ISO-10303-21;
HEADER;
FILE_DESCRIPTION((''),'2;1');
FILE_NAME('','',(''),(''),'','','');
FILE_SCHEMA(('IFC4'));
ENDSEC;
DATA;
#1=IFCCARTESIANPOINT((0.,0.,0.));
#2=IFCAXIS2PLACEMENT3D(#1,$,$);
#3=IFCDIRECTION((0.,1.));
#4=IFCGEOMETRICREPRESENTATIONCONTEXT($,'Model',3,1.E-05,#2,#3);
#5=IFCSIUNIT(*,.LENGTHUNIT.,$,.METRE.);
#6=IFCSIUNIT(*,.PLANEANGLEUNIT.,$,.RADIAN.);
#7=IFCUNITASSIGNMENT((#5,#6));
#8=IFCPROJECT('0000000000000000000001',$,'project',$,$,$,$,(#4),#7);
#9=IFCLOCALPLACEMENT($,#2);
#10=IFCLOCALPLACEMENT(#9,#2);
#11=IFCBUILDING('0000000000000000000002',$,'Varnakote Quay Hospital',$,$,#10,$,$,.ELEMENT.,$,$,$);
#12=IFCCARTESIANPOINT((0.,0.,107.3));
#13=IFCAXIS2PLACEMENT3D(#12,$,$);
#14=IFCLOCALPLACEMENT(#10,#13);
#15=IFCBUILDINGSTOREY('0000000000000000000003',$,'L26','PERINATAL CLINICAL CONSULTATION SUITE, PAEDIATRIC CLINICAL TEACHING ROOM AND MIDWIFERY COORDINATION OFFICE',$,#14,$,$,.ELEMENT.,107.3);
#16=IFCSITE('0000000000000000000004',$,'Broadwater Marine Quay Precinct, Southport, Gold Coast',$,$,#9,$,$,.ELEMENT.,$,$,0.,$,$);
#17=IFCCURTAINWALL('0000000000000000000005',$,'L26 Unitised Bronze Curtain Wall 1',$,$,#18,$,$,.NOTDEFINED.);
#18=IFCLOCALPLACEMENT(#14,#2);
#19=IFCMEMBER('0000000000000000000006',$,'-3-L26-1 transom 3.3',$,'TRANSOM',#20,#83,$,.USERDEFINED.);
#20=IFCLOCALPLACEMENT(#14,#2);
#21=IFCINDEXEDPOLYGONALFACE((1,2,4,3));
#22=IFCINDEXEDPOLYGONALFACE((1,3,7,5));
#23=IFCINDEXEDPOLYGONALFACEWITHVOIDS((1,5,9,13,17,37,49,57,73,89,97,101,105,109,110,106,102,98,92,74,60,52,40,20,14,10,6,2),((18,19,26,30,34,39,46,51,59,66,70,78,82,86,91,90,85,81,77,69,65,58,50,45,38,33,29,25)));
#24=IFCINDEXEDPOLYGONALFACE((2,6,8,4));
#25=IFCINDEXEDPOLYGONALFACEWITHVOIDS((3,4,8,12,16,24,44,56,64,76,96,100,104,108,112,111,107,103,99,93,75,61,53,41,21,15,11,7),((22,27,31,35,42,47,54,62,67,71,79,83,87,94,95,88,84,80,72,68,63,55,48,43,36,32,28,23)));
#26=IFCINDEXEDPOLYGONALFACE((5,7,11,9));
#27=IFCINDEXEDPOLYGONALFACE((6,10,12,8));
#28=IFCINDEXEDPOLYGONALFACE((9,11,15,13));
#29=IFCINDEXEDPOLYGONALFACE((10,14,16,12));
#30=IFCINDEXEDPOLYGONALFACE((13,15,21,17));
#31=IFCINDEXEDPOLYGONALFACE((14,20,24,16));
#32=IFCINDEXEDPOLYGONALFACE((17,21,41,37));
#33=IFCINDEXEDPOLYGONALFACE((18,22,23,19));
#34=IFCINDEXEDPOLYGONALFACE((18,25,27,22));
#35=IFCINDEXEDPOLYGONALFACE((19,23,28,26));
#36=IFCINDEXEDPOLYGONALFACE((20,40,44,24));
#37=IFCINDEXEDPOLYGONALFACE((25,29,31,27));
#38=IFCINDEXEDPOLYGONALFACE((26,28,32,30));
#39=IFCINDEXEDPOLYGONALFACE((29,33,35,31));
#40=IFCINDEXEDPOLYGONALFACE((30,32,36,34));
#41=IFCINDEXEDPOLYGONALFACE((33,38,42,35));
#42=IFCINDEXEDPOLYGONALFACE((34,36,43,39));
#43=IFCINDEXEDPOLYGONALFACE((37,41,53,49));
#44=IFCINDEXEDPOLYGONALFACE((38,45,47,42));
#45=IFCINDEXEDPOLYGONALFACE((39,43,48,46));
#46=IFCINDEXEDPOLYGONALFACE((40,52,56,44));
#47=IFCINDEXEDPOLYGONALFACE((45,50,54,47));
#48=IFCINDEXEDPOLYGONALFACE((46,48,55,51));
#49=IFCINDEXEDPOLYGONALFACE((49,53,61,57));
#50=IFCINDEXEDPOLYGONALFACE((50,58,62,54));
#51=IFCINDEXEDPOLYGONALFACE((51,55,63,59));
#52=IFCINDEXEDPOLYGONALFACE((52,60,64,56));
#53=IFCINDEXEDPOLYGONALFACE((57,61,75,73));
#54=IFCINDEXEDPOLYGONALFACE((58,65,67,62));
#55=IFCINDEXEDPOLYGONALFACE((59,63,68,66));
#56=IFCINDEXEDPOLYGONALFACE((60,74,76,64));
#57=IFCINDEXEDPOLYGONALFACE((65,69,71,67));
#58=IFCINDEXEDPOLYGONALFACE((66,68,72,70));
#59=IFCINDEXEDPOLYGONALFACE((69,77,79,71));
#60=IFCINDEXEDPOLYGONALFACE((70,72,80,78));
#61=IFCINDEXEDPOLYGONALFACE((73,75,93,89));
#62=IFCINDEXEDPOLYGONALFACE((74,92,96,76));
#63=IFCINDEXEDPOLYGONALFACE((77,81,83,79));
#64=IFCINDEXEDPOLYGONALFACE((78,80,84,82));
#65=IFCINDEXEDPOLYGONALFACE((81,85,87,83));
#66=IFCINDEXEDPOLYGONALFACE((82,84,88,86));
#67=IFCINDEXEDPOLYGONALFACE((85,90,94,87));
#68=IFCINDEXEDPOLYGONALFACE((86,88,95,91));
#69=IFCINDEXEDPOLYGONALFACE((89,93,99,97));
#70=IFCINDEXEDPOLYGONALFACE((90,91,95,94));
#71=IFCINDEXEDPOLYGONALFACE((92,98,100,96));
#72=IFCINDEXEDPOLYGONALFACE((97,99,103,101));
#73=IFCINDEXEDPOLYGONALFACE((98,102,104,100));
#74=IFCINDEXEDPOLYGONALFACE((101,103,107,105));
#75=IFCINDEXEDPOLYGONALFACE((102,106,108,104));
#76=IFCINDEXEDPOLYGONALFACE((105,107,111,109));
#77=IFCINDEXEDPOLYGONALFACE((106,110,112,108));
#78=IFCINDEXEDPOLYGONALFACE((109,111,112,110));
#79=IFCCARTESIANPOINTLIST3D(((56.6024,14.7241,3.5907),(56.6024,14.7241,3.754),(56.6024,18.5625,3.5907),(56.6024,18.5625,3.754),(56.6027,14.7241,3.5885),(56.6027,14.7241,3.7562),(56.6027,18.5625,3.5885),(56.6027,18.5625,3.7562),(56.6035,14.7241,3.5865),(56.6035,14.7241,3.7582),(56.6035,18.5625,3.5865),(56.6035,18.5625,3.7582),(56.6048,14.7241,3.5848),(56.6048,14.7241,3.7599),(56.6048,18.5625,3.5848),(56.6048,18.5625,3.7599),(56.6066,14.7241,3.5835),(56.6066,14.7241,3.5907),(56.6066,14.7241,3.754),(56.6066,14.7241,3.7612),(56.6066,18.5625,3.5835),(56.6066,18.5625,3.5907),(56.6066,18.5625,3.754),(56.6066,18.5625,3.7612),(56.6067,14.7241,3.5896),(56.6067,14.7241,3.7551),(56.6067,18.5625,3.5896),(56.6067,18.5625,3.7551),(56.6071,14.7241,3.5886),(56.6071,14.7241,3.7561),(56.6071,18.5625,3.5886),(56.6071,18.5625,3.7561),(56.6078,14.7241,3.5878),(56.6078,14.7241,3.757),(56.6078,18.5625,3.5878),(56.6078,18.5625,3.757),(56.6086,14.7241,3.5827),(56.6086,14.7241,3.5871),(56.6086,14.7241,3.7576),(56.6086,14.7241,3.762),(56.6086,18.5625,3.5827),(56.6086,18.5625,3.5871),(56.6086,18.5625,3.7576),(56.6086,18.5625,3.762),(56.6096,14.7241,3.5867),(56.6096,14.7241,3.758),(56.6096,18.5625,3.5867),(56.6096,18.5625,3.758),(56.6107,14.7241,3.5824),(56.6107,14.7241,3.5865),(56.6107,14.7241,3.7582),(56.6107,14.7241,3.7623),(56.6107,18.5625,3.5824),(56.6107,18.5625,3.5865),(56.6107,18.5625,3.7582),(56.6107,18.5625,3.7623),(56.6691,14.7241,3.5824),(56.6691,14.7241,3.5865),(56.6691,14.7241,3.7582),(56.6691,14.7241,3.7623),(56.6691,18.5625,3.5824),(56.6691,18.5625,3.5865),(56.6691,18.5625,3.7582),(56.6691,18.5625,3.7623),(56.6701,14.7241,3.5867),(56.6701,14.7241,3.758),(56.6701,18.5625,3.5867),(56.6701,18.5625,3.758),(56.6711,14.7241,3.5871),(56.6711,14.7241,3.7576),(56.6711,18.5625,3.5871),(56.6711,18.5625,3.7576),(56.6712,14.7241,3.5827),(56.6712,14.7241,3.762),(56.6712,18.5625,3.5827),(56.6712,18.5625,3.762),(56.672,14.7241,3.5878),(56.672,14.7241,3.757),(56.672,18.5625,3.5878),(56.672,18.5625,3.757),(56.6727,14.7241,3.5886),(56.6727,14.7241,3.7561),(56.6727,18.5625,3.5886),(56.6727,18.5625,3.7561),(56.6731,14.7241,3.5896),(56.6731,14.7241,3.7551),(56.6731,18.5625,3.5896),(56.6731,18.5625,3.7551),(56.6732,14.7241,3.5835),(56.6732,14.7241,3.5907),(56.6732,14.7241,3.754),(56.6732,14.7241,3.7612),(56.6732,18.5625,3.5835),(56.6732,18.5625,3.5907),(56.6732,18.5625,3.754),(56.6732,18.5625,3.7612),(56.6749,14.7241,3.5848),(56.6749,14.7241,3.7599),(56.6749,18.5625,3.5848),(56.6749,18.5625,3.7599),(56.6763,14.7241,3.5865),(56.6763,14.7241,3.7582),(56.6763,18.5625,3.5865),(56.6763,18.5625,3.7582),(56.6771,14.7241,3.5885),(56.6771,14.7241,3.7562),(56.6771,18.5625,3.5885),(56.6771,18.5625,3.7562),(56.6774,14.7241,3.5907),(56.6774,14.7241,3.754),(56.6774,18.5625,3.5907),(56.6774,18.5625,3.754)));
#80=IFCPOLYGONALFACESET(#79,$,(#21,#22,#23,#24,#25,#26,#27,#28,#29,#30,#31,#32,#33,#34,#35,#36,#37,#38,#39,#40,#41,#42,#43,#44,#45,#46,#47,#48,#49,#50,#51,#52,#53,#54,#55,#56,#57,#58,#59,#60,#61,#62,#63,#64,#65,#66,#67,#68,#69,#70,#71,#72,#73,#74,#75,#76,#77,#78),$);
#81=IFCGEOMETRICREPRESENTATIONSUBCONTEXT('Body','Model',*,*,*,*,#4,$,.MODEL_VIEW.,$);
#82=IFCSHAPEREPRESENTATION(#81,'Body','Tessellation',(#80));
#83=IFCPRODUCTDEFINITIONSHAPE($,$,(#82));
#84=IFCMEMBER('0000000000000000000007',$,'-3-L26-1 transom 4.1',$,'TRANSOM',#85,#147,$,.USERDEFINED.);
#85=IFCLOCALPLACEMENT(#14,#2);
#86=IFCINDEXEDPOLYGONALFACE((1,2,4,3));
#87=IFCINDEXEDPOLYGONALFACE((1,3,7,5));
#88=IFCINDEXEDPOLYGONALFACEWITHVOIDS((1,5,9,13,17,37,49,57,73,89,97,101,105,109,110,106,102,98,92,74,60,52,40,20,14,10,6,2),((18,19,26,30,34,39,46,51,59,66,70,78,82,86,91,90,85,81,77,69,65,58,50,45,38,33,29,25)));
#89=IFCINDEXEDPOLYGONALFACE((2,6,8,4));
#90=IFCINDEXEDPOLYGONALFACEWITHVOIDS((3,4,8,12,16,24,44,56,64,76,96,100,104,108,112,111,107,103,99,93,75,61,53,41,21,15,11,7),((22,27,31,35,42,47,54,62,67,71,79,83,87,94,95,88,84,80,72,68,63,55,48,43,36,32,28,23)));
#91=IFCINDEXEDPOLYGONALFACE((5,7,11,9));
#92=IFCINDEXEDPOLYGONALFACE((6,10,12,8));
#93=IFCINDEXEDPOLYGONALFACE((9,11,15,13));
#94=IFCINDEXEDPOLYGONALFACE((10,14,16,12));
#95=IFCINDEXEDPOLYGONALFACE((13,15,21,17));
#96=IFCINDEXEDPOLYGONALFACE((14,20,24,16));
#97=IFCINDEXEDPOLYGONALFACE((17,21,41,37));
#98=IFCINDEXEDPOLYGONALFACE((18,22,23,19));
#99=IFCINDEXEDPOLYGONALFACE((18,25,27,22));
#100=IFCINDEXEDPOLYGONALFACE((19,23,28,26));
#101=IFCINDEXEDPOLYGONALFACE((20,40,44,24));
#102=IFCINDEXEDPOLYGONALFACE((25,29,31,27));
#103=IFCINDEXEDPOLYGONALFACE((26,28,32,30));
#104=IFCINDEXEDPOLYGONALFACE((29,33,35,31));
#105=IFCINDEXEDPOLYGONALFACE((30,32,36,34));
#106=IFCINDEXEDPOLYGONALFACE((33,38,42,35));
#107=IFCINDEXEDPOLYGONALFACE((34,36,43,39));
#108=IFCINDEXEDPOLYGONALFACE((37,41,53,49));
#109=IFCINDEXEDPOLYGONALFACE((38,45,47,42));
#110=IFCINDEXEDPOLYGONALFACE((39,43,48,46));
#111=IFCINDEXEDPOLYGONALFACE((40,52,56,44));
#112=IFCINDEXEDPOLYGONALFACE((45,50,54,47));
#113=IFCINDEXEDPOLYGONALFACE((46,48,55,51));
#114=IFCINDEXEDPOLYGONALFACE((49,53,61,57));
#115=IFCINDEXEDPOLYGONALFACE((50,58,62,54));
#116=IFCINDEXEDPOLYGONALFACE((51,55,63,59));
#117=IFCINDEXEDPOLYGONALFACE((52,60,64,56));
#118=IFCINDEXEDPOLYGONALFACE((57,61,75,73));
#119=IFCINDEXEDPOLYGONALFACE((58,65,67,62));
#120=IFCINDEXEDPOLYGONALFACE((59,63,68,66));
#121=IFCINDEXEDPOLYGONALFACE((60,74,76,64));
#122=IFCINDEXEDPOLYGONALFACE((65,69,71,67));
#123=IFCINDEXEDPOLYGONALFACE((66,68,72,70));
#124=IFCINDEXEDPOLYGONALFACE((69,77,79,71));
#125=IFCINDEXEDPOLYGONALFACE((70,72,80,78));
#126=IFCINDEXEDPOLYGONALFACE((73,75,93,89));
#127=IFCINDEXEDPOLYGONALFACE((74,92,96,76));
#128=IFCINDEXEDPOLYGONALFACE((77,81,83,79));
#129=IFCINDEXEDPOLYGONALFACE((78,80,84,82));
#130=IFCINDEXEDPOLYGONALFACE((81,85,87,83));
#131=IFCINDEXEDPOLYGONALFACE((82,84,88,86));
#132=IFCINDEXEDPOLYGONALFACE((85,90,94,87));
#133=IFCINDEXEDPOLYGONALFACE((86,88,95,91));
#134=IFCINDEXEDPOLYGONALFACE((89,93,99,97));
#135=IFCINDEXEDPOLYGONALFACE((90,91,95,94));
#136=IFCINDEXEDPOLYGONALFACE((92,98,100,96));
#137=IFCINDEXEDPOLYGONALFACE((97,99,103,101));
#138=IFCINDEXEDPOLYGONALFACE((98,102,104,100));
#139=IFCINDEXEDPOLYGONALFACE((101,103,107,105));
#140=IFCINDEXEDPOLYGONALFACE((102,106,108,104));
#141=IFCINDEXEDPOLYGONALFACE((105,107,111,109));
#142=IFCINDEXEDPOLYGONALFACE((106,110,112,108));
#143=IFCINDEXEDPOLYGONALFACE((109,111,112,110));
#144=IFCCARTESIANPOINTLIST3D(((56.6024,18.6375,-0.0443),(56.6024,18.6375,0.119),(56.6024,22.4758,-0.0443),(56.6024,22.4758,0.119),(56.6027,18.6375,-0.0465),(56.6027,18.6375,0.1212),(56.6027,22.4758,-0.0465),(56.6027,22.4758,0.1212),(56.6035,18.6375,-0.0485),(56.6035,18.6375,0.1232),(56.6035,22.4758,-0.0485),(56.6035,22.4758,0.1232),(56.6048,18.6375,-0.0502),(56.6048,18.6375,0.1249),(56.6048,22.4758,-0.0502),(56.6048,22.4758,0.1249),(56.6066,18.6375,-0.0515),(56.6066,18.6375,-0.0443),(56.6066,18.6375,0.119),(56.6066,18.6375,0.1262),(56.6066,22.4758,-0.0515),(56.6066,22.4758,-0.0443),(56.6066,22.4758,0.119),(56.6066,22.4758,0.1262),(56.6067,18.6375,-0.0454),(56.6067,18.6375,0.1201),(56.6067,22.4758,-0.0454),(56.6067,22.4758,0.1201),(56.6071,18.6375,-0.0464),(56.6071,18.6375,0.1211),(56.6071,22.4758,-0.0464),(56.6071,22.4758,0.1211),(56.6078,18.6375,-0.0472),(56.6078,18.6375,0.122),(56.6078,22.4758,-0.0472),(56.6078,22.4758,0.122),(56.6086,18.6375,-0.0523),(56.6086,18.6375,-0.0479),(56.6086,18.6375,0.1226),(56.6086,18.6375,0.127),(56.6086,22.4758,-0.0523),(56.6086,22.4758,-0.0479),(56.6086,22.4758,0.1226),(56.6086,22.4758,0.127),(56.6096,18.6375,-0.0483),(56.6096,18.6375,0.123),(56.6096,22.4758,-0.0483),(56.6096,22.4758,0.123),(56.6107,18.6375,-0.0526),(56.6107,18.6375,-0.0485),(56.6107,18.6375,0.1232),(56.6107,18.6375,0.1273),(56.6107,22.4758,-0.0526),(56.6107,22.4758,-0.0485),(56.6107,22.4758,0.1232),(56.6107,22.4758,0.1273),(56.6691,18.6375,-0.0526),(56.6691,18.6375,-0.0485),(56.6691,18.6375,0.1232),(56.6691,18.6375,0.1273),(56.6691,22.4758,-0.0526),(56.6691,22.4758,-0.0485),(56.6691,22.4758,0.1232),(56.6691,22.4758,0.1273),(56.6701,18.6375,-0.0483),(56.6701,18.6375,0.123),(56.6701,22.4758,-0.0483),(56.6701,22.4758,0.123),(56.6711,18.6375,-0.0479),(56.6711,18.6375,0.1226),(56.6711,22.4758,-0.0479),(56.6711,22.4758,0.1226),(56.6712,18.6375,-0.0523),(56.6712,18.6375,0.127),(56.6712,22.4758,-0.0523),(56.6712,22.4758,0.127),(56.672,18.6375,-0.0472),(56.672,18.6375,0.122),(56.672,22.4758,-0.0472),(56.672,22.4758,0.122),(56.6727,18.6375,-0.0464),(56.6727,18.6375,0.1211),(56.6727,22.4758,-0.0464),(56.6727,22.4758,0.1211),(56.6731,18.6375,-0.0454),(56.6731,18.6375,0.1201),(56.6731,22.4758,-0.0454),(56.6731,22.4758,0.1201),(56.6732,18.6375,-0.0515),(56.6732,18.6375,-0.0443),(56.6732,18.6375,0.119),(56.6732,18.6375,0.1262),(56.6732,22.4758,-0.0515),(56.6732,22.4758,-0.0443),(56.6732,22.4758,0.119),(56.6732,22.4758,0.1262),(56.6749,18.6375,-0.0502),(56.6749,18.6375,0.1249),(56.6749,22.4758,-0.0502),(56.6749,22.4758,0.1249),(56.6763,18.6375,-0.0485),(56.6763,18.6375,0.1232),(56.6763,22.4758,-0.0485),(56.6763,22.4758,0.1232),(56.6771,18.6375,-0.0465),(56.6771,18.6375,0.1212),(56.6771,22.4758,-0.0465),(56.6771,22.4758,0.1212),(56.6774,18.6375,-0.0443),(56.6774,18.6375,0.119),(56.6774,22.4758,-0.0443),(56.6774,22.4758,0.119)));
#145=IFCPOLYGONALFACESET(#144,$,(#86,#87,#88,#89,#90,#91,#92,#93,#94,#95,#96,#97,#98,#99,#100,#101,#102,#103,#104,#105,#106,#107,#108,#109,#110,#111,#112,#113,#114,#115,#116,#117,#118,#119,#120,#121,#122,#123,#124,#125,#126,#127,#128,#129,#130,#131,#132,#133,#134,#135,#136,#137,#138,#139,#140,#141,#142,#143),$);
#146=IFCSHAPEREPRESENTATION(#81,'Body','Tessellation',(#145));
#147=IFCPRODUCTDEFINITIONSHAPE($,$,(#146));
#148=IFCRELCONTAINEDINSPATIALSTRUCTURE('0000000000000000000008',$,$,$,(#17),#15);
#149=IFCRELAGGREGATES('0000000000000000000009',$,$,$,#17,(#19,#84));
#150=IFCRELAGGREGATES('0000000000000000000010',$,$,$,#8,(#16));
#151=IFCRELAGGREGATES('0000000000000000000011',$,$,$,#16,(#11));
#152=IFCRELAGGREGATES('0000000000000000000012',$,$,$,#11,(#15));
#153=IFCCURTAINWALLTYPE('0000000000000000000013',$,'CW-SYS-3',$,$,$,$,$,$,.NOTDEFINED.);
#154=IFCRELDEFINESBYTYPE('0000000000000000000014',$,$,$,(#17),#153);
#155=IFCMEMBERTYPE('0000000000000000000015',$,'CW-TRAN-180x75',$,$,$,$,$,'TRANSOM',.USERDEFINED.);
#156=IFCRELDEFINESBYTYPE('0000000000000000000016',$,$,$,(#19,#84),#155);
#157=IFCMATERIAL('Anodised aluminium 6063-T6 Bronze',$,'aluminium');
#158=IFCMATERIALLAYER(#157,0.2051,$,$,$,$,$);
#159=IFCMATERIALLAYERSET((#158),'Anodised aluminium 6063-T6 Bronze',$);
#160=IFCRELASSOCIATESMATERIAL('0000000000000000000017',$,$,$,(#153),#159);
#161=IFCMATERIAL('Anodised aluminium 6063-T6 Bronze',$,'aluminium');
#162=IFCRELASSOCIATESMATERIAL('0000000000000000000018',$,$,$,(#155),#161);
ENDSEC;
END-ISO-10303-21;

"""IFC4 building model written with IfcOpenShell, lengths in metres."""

from ifc_helpers import new_model, si_unit, direction, frame, origin, origin_2d, place, context, subcontext, project, spatial, hollow_rectangle, extrude, material, layer, layer_set, material_profile, profile_set, type_object, element, aggregate, save


model = new_model("IFC4")

# Units and contexts
model_context = context("Model", 3, precision=1e-05, world=origin(), true_north=direction((0.0, 1.0)))
body_context = subcontext(model_context, "Body", "Model", "MODEL_VIEW")
ifc_project = project(units=[si_unit("LENGTHUNIT", "METRE"), si_unit("PLANEANGLEUNIT", "RADIAN")], contexts=[model_context])

# Site, building, storey
site_placement = place(None, origin())
site = spatial("IfcSite", under=ifc_project, at=site_placement, Name="Broadwater Marine Quay Precinct, Southport, Gold Coast", CompositionType="ELEMENT", RefElevation=0.0)
building_placement = place(site_placement, origin())
building = spatial("IfcBuilding", under=site, at=building_placement, Name="Varnakote Quay Hospital", CompositionType="ELEMENT")
storey_placement = place(building_placement, frame((0.0, 0.0, 107.3)))
storey = spatial("IfcBuildingStorey", under=building, at=storey_placement, Name="L26", Description="PERINATAL CLINICAL CONSULTATION SUITE, PAEDIATRIC CLINICAL TEACHING ROOM AND MIDWIFERY COORDINATION OFFICE", CompositionType="ELEMENT", Elevation=107.3)

# Curtain wall, members
ifc_material_1 = material(Name="Anodised aluminium 6063-T6 Bronze", Category="aluminium")
ifc_layer_1 = layer(ifc_material_1, 0.2051)
ifc_layer_set_1 = layer_set([ifc_layer_1], Name="Anodised aluminium 6063-T6 Bronze")
curtain_wall_type = type_object("IfcCurtainWallType", Name="CW-SYS-3", PredefinedType="NOTDEFINED", material=ifc_layer_set_1)
curtain_wall_placement = place(storey_placement, origin())
curtain_wall = element("IfcCurtainWall", 1, at=curtain_wall_placement, inside=storey, type_object=curtain_wall_type, Name="L26 Unitised Bronze Curtain Wall 1", PredefinedType="NOTDEFINED")
ifc_material_2 = material(Name="Anodised aluminium 6063-T6 Bronze", Category="aluminium")
ifc_material_profile_1 = material_profile(ifc_material_2, hollow_rectangle(XDim=0.075, YDim=0.1799, WallThickness=0.0042, InnerFilletRadius=0.0042, OuterFilletRadius=0.0083, at=origin_2d()), Name="CW-TRAN-180x75")
ifc_profile_set_1 = profile_set([ifc_material_profile_1], Name="Anodised aluminium 6063-T6 Bronze")
member_type_1 = type_object("IfcMemberType", Name="CW-TRAN-180x75", ElementType="TRANSOM", PredefinedType="USERDEFINED", material=ifc_profile_set_1)
member_1_placement = place(storey_placement, frame((56.6399, 14.7241, 3.6724), z_axis=(0.0, 1.0, 0.0), x_axis=(-1.0, 0.0, 0.0)))
member_1 = element("IfcMember", 2, at=member_1_placement, type_object=member_type_1, Name="-3-L26-1 transom 3.3", ObjectType="TRANSOM", PredefinedType="USERDEFINED", context=body_context, shape_type="SweptSolid", body=[
    extrude(hollow_rectangle(XDim=0.075, YDim=0.1799, WallThickness=0.0042, InnerFilletRadius=0.0042, OuterFilletRadius=0.0083, at=origin_2d()), origin(), (0.0, 0.0, 1.0), 3.8384),
])
member_2_placement = place(storey_placement, frame((56.6399, 18.6375, 0.0374), z_axis=(0.0, 1.0, 0.0), x_axis=(-1.0, 0.0, 0.0)))
member_2 = element("IfcMember", 3, at=member_2_placement, type_object=member_type_1, Name="-3-L26-1 transom 4.1", ObjectType="TRANSOM", PredefinedType="USERDEFINED", context=body_context, shape_type="SweptSolid", body=[
    extrude(hollow_rectangle(XDim=0.075, YDim=0.1799, WallThickness=0.0042, InnerFilletRadius=0.0042, OuterFilletRadius=0.0083, at=origin_2d()), origin(), (0.0, 0.0, 1.0), 3.8384),
])
aggregate(curtain_wall, [member_1, member_2])

save(model, "model.ifc")
